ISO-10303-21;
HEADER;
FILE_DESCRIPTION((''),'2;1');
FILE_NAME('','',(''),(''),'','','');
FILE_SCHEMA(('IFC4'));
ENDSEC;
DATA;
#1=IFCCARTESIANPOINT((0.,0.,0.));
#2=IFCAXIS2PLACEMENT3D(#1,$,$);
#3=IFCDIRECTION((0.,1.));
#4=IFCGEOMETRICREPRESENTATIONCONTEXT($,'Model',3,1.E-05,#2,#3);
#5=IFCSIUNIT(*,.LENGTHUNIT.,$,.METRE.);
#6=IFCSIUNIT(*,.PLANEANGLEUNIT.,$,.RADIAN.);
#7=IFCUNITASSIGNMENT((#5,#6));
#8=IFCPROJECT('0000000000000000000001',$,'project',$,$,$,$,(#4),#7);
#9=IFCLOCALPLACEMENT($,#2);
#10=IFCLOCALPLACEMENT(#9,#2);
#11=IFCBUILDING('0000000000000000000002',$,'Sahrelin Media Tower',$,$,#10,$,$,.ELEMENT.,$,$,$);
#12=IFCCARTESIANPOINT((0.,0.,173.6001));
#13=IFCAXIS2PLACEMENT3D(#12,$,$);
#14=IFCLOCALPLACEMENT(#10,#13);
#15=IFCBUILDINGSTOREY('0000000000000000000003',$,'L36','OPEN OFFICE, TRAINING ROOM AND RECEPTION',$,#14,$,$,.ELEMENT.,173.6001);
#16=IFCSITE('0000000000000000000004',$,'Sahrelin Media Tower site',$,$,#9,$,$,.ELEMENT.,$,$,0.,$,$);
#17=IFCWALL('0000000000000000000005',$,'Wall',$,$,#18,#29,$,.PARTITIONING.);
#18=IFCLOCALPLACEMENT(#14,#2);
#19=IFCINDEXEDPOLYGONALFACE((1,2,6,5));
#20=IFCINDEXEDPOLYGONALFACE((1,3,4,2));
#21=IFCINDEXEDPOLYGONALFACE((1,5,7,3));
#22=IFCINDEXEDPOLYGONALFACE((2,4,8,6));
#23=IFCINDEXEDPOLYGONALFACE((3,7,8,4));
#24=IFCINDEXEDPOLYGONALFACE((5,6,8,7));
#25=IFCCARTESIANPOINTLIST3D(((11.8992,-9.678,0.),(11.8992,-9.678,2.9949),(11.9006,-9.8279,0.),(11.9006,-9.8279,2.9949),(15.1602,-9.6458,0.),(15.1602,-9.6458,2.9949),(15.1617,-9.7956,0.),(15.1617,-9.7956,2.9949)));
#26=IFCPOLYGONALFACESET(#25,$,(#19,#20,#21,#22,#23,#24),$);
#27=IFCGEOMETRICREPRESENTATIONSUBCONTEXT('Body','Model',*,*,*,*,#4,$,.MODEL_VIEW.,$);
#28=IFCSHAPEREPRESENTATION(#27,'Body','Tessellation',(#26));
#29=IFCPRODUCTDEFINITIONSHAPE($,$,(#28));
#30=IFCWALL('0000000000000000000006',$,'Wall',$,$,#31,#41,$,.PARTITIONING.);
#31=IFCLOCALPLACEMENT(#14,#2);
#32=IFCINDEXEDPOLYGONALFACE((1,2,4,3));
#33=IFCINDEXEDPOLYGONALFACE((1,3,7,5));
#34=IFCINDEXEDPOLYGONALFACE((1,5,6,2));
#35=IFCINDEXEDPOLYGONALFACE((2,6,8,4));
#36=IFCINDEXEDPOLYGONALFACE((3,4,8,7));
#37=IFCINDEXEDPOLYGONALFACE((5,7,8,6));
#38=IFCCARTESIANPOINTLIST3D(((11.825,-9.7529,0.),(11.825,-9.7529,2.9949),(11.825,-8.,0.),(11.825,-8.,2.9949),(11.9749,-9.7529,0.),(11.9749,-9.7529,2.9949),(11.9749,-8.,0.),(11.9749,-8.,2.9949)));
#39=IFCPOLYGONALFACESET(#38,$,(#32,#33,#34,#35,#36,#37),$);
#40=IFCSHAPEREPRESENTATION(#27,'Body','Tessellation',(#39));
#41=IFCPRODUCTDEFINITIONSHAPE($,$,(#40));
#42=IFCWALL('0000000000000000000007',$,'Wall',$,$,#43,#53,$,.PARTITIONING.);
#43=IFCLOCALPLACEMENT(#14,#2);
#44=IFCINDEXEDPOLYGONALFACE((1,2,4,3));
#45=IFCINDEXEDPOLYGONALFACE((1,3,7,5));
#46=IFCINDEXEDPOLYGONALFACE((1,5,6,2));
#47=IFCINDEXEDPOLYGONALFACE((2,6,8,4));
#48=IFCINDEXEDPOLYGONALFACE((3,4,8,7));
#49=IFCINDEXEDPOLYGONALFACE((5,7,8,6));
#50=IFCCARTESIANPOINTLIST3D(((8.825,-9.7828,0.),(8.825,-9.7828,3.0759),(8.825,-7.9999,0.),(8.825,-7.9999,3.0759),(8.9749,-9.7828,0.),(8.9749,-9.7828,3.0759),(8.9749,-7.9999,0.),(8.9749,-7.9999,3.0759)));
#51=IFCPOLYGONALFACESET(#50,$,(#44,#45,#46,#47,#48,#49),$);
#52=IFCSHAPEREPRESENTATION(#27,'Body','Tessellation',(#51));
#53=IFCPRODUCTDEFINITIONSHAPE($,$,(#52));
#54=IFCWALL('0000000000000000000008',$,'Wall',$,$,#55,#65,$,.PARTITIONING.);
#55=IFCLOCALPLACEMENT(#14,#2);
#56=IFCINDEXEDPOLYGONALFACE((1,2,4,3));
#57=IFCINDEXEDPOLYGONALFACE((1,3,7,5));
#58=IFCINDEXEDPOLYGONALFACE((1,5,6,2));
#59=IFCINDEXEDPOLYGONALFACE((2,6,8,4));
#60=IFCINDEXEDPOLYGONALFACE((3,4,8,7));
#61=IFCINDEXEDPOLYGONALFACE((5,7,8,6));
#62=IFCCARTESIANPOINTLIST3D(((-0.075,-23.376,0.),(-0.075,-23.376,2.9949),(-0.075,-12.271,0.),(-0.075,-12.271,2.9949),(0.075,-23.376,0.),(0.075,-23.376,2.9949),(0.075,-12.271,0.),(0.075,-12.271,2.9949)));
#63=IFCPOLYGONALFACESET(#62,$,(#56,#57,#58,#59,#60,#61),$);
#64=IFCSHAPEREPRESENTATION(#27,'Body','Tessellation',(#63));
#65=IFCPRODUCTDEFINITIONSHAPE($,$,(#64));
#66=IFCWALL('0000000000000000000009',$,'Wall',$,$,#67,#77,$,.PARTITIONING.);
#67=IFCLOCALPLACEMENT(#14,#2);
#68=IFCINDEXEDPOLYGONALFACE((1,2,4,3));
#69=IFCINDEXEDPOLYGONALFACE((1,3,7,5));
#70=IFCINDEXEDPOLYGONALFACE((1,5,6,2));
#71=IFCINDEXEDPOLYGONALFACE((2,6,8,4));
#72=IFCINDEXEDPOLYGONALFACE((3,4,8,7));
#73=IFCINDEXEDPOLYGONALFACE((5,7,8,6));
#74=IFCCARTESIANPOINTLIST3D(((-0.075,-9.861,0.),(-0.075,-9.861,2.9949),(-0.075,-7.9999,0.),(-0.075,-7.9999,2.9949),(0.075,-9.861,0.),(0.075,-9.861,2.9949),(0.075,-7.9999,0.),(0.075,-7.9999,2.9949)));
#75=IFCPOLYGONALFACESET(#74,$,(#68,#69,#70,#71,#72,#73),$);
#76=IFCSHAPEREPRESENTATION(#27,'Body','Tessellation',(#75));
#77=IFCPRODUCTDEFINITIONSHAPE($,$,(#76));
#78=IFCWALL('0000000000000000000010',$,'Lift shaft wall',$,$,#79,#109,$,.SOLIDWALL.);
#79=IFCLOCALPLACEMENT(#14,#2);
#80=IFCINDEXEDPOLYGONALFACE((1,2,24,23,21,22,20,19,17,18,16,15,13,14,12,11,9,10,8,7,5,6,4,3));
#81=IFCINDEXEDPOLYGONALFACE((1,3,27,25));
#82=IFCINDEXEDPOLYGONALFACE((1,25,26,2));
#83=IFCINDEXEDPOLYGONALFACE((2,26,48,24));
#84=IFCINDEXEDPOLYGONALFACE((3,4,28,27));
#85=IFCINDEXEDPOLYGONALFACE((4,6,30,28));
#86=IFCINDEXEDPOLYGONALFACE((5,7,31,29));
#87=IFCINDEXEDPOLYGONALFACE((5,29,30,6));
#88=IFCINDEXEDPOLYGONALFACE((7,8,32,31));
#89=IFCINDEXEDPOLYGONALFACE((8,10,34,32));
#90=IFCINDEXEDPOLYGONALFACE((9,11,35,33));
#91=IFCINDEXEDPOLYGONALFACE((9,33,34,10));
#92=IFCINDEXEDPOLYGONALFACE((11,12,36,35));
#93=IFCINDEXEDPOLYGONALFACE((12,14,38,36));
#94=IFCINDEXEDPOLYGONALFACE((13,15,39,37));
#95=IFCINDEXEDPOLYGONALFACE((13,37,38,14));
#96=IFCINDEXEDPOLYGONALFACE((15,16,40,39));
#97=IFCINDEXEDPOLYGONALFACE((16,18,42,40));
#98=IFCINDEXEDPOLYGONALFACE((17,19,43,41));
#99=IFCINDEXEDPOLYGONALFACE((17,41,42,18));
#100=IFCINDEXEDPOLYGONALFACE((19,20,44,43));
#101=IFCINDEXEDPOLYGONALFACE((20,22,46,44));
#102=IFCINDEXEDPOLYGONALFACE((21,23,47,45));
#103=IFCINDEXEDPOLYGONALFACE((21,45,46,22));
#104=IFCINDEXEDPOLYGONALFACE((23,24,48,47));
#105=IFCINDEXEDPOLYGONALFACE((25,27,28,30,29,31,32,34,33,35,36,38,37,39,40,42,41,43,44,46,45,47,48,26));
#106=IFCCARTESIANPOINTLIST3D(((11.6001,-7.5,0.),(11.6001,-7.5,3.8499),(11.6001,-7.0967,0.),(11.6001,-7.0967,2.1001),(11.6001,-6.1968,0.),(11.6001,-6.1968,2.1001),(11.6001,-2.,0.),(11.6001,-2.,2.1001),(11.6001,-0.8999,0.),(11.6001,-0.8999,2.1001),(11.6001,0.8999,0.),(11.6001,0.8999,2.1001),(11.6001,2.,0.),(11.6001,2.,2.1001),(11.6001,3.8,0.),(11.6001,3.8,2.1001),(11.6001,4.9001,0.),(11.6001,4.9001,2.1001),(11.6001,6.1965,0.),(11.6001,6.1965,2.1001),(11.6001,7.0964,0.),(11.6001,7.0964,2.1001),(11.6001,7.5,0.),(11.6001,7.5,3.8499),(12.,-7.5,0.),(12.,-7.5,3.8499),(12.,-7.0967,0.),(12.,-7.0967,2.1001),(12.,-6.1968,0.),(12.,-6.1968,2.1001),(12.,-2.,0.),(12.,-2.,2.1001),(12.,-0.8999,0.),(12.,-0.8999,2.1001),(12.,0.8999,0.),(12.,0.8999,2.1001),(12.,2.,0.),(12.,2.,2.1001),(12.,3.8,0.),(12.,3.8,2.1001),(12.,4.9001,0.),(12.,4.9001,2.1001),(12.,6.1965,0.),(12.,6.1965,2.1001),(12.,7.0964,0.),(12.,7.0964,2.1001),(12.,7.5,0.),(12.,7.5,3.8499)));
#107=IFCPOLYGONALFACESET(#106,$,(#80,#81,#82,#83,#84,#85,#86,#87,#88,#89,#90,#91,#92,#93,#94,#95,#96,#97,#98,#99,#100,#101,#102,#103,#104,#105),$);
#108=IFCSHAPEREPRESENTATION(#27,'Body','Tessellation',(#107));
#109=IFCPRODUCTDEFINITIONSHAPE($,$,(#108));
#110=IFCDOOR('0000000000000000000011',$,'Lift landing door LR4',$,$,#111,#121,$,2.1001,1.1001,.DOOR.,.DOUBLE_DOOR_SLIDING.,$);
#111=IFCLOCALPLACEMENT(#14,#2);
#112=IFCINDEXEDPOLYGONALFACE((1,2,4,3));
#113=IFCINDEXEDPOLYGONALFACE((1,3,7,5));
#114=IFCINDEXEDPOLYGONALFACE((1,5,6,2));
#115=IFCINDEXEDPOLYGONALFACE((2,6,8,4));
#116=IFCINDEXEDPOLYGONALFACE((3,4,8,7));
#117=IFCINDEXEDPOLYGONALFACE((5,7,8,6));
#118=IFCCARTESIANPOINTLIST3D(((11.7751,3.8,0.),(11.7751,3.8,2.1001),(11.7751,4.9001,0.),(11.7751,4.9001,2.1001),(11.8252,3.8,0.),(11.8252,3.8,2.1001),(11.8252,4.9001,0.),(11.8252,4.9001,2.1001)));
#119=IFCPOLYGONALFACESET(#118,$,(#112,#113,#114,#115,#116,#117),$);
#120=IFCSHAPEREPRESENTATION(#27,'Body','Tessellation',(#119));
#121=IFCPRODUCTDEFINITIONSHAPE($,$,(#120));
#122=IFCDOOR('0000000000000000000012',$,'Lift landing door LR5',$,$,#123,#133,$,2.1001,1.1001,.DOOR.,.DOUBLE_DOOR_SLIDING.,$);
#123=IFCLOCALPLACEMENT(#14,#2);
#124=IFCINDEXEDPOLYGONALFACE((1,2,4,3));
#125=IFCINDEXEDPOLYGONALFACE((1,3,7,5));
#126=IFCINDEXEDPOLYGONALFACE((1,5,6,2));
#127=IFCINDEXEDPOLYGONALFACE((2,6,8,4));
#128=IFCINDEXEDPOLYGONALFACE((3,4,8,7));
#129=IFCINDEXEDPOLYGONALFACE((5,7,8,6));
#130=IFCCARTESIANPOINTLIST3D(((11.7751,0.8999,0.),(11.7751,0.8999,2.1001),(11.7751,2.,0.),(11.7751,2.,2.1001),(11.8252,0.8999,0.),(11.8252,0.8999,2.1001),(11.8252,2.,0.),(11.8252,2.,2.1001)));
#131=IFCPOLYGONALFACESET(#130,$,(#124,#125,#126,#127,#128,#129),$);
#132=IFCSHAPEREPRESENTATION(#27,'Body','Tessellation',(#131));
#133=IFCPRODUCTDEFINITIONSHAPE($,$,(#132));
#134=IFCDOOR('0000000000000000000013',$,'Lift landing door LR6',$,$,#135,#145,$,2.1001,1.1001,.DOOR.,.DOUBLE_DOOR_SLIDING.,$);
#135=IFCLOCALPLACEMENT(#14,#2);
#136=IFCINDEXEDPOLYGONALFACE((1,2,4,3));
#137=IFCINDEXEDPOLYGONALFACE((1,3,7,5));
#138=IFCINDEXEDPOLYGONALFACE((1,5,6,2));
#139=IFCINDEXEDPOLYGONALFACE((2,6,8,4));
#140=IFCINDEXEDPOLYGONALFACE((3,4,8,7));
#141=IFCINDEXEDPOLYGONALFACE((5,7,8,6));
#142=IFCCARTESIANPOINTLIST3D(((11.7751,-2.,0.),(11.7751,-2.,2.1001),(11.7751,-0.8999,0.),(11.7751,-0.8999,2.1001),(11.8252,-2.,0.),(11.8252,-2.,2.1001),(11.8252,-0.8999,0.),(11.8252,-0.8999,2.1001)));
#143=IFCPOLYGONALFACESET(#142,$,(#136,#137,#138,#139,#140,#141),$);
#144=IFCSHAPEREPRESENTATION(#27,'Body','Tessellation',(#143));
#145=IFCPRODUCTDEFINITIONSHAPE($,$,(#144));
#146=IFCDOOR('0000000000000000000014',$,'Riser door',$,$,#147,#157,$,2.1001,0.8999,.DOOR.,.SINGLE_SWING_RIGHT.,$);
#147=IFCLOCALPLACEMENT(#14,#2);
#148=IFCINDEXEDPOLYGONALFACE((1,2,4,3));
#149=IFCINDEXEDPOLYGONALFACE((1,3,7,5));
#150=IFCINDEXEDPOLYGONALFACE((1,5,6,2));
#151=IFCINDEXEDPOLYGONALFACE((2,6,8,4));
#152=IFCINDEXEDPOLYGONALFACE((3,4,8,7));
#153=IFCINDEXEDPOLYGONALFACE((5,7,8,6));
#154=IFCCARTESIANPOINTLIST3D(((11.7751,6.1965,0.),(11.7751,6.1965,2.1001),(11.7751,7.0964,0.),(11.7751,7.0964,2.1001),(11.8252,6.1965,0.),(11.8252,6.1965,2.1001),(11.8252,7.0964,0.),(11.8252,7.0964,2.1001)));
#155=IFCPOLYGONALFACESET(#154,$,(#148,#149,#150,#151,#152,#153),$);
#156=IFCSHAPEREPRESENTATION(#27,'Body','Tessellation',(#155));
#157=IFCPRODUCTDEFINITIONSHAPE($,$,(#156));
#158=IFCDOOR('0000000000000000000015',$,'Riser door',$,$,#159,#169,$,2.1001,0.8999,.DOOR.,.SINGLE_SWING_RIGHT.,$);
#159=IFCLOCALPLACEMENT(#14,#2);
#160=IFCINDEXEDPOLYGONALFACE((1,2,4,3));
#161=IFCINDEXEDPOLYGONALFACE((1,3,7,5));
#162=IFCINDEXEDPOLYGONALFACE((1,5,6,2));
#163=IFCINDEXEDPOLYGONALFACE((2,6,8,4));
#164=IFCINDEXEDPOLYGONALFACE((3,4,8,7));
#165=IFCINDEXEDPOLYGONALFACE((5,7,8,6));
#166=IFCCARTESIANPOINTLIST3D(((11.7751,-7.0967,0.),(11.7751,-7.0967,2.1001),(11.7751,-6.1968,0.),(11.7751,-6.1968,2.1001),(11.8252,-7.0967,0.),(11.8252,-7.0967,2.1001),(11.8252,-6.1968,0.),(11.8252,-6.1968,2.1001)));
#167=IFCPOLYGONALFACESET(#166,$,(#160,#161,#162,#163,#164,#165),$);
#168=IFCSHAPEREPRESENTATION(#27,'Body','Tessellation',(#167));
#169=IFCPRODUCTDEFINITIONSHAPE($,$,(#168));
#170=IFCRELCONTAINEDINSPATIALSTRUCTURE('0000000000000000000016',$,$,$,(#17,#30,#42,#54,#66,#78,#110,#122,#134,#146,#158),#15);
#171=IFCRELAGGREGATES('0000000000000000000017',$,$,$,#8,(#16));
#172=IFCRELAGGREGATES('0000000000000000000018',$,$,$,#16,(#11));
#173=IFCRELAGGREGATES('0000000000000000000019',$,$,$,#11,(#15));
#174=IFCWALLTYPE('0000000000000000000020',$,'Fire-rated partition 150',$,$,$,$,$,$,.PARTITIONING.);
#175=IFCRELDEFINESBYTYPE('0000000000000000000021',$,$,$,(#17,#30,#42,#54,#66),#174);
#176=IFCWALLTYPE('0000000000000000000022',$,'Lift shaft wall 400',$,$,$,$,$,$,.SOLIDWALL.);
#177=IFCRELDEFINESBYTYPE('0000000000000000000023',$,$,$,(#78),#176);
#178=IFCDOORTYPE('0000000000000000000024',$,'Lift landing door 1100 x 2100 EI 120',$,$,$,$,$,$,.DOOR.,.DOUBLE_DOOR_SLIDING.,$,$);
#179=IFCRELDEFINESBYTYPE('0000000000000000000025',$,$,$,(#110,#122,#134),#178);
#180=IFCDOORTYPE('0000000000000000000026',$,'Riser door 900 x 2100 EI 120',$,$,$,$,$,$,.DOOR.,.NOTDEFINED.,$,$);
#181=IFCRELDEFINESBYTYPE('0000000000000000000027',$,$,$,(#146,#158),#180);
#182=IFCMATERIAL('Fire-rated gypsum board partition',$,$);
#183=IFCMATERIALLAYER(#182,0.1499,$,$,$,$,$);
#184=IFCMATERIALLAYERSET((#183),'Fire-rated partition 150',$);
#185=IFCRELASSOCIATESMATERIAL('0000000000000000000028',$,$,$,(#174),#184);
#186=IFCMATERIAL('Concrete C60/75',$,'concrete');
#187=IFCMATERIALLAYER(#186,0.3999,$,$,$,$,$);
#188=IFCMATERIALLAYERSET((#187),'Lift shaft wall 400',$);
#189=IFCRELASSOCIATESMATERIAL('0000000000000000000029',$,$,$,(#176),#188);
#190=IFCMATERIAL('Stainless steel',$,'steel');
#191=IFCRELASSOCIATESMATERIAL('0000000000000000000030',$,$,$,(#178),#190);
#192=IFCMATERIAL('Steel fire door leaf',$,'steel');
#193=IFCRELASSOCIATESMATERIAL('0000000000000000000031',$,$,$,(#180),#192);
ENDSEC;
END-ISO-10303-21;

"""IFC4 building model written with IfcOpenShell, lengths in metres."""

from ifc_helpers import new_model, si_unit, direction, frame, frame_2d, origin, place, context, subcontext, project, spatial, rectangle, extrude, material, layer, layer_set, type_object, element, fill, save


model = new_model("IFC4")

# Units and contexts
model_context = context("Model", 3, precision=1e-05, world=origin(), true_north=direction((0.0, 1.0)))
body_context = subcontext(model_context, "Body", "Model", "MODEL_VIEW")
ifc_project = project(units=[si_unit("LENGTHUNIT", "METRE"), si_unit("PLANEANGLEUNIT", "RADIAN")], contexts=[model_context])

# Site, building, storey
site_placement = place(None, origin())
site = spatial("IfcSite", under=ifc_project, at=site_placement, Name="Sahrelin Media Tower site", CompositionType="ELEMENT", RefElevation=0.0)
building_placement = place(site_placement, origin())
building = spatial("IfcBuilding", under=site, at=building_placement, Name="Sahrelin Media Tower", CompositionType="ELEMENT")
storey_placement = place(building_placement, frame((0.0, 0.0, 173.6001)))
storey = spatial("IfcBuildingStorey", under=building, at=storey_placement, Name="L36", Description="OPEN OFFICE, TRAINING ROOM AND RECEPTION", CompositionType="ELEMENT", Elevation=173.6001)

# Walls
ifc_material_1 = material(Name="Fire-rated gypsum board partition")
ifc_layer_1 = layer(ifc_material_1, 0.1499)
ifc_layer_set_1 = layer_set([ifc_layer_1], Name="Fire-rated partition 150")
wall_type_1 = type_object("IfcWallType", Name="Fire-rated partition 150", PredefinedType="PARTITIONING", material=ifc_layer_set_1)
wall_1_placement = place(storey_placement, frame((11.8999, -9.7529, 0.0), z_axis=(0.0, 0.0, 1.0), x_axis=(0.999951, 0.009882, 0.0)))
element("IfcWall", 1, at=wall_1_placement, inside=storey, type_object=wall_type_1, Name="Wall", PredefinedType="PARTITIONING", context=body_context, shape_type="SweptSolid", body=[
    extrude(rectangle(XDim=3.2612, YDim=0.1499, at=frame_2d((1.6306, 0.0))), origin(), (0.0, 0.0, 1.0), 2.9949),
])
wall_2_placement = place(storey_placement, frame((11.8999, -9.7529, 0.0), z_axis=(0.0, 0.0, 1.0), x_axis=(0.0, 1.0, 0.0)))
element("IfcWall", 2, at=wall_2_placement, inside=storey, type_object=wall_type_1, Name="Wall", PredefinedType="PARTITIONING", context=body_context, shape_type="SweptSolid", body=[
    extrude(rectangle(XDim=1.7529, YDim=0.1499, at=frame_2d((0.8765, 0.0))), origin(), (0.0, 0.0, 1.0), 2.9949),
])
wall_3_placement = place(storey_placement, frame((8.8999, -9.783, 0.0), z_axis=(0.0, 0.0, 1.0), x_axis=(0.0, 1.0, 0.0)))
element("IfcWall", 3, at=wall_3_placement, inside=storey, type_object=wall_type_1, Name="Wall", PredefinedType="PARTITIONING", context=body_context, shape_type="SweptSolid", body=[
    extrude(rectangle(XDim=1.783, YDim=0.1499, at=frame_2d((0.8916, 0.0))), origin(), (0.0, 0.0, 1.0), 3.0759),
])
wall_4_placement = place(storey_placement, frame((0.0, -23.376, 0.0), z_axis=(0.0, 0.0, 1.0), x_axis=(0.0, 1.0, 0.0)))
element("IfcWall", 4, at=wall_4_placement, inside=storey, type_object=wall_type_1, Name="Wall", PredefinedType="PARTITIONING", context=body_context, shape_type="SweptSolid", body=[
    extrude(rectangle(XDim=11.105, YDim=0.1499, at=frame_2d((5.5525, 0.0))), origin(), (0.0, 0.0, 1.0), 2.9949),
])
wall_5_placement = place(storey_placement, frame((0.0, -9.8611, 0.0), z_axis=(0.0, 0.0, 1.0), x_axis=(0.0, 1.0, 0.0)))
element("IfcWall", 5, at=wall_5_placement, inside=storey, type_object=wall_type_1, Name="Wall", PredefinedType="PARTITIONING", context=body_context, shape_type="SweptSolid", body=[
    extrude(rectangle(XDim=1.8611, YDim=0.1499, at=frame_2d((0.9307, 0.0))), origin(), (0.0, 0.0, 1.0), 2.9949),
])

# Wall, openings, doors
ifc_material_2 = material(Name="Concrete C60/75", Category="concrete")
ifc_layer_2 = layer(ifc_material_2, 0.3999)
ifc_layer_set_2 = layer_set([ifc_layer_2], Name="Lift shaft wall 400")
wall_type_2 = type_object("IfcWallType", Name="Lift shaft wall 400", PredefinedType="SOLIDWALL", material=ifc_layer_set_2)
wall_6_placement = place(storey_placement, frame((11.8, -7.5, 0.0), z_axis=(0.0, 0.0, 1.0), x_axis=(0.0, 1.0, 0.0)))
wall_6 = element("IfcWall", 6, at=wall_6_placement, inside=storey, type_object=wall_type_2, Name="Lift shaft wall", PredefinedType="SOLIDWALL", context=body_context, shape_type="SweptSolid", body=[
    extrude(rectangle(XDim=15.0, YDim=0.3999, at=frame_2d((7.5, 0.0))), origin(), (0.0, 0.0, 1.0), 3.8499),
])
opening_1_placement = place(wall_6_placement, frame((11.3, 0.0, 0.0)))
opening_1 = element("IfcOpeningElement", 7, at=opening_1_placement, cuts=wall_6, PredefinedType="OPENING", context=body_context, shape_type="SweptSolid", body=[
    extrude(rectangle(XDim=1.1001, YDim=2.1001, at=frame_2d((0.55, 1.05))), frame((0.0, 0.2, 0.0), z_axis=(0.0, -1.0, 0.0), x_axis=(1.0, 0.0, 0.0)), (0.0, 0.0, 1.0), 0.3999),
])
opening_2_placement = place(wall_6_placement, frame((8.3999, 0.0, 0.0)))
opening_2 = element("IfcOpeningElement", 8, at=opening_2_placement, cuts=wall_6, PredefinedType="OPENING", context=body_context, shape_type="SweptSolid", body=[
    extrude(rectangle(XDim=1.1001, YDim=2.1001, at=frame_2d((0.55, 1.05))), frame((0.0, 0.2, 0.0), z_axis=(0.0, -1.0, 0.0), x_axis=(1.0, 0.0, 0.0)), (0.0, 0.0, 1.0), 0.3999),
])
opening_3_placement = place(wall_6_placement, frame((5.5, 0.0, 0.0)))
opening_3 = element("IfcOpeningElement", 9, at=opening_3_placement, cuts=wall_6, PredefinedType="OPENING", context=body_context, shape_type="SweptSolid", body=[
    extrude(rectangle(XDim=1.1001, YDim=2.1001, at=frame_2d((0.55, 1.05))), frame((0.0, 0.2, 0.0), z_axis=(0.0, -1.0, 0.0), x_axis=(1.0, 0.0, 0.0)), (0.0, 0.0, 1.0), 0.3999),
])
opening_4_placement = place(wall_6_placement, frame((13.6965, 0.0, 0.0)))
opening_4 = element("IfcOpeningElement", 10, at=opening_4_placement, cuts=wall_6, PredefinedType="OPENING", context=body_context, shape_type="SweptSolid", body=[
    extrude(rectangle(XDim=0.8999, YDim=2.1001, at=frame_2d((0.45, 1.05))), frame((0.0, 0.2, 0.0), z_axis=(0.0, -1.0, 0.0), x_axis=(1.0, 0.0, 0.0)), (0.0, 0.0, 1.0), 0.3999),
])
opening_5_placement = place(wall_6_placement, frame((0.4033, 0.0, 0.0)))
opening_5 = element("IfcOpeningElement", 11, at=opening_5_placement, cuts=wall_6, PredefinedType="OPENING", context=body_context, shape_type="SweptSolid", body=[
    extrude(rectangle(XDim=0.8999, YDim=2.1001, at=frame_2d((0.45, 1.05))), frame((0.0, 0.2, 0.0), z_axis=(0.0, -1.0, 0.0), x_axis=(1.0, 0.0, 0.0)), (0.0, 0.0, 1.0), 0.3999),
])
ifc_material_3 = material(Name="Stainless steel", Category="steel")
door_type_1 = type_object("IfcDoorType", Name="Lift landing door 1100 x 2100 EI 120", OperationType="DOUBLE_DOOR_SLIDING", PredefinedType="DOOR", material=ifc_material_3)
door_1_placement = place(opening_1_placement, origin())
door_1 = element("IfcDoor", 12, at=door_1_placement, inside=storey, type_object=door_type_1, Name="Lift landing door LR4", OperationType="DOUBLE_DOOR_SLIDING", OverallHeight=2.1001, OverallWidth=1.1001, PredefinedType="DOOR", context=body_context, shape_type="SweptSolid", body=[
    extrude(rectangle(XDim=1.1001, YDim=2.1001, at=frame_2d((0.55, 1.05))), frame((0.0, 0.0249, 0.0), z_axis=(0.0, -1.0, 0.0), x_axis=(1.0, 0.0, 0.0)), (0.0, 0.0, 1.0), 0.05),
])
fill(opening_1, door_1)
door_2_placement = place(opening_2_placement, origin())
door_2 = element("IfcDoor", 13, at=door_2_placement, inside=storey, type_object=door_type_1, Name="Lift landing door LR5", OperationType="DOUBLE_DOOR_SLIDING", OverallHeight=2.1001, OverallWidth=1.1001, PredefinedType="DOOR", context=body_context, shape_type="SweptSolid", body=[
    extrude(rectangle(XDim=1.1001, YDim=2.1001, at=frame_2d((0.55, 1.05))), frame((0.0, 0.0249, 0.0), z_axis=(0.0, -1.0, 0.0), x_axis=(1.0, 0.0, 0.0)), (0.0, 0.0, 1.0), 0.05),
])
fill(opening_2, door_2)
door_3_placement = place(opening_3_placement, origin())
door_3 = element("IfcDoor", 14, at=door_3_placement, inside=storey, type_object=door_type_1, Name="Lift landing door LR6", OperationType="DOUBLE_DOOR_SLIDING", OverallHeight=2.1001, OverallWidth=1.1001, PredefinedType="DOOR", context=body_context, shape_type="SweptSolid", body=[
    extrude(rectangle(XDim=1.1001, YDim=2.1001, at=frame_2d((0.55, 1.05))), frame((0.0, 0.0249, 0.0), z_axis=(0.0, -1.0, 0.0), x_axis=(1.0, 0.0, 0.0)), (0.0, 0.0, 1.0), 0.05),
])
fill(opening_3, door_3)
ifc_material_4 = material(Name="Steel fire door leaf", Category="steel")
door_type_2 = type_object("IfcDoorType", Name="Riser door 900 x 2100 EI 120", OperationType="NOTDEFINED", PredefinedType="DOOR", material=ifc_material_4)
door_4_placement = place(opening_4_placement, origin())
door_4 = element("IfcDoor", 15, at=door_4_placement, inside=storey, type_object=door_type_2, Name="Riser door", OperationType="SINGLE_SWING_RIGHT", OverallHeight=2.1001, OverallWidth=0.8999, PredefinedType="DOOR", context=body_context, shape_type="SweptSolid", body=[
    extrude(rectangle(XDim=0.8999, YDim=2.1001, at=frame_2d((0.45, 1.05))), frame((0.0, 0.0249, 0.0), z_axis=(0.0, -1.0, 0.0), x_axis=(1.0, 0.0, 0.0)), (0.0, 0.0, 1.0), 0.05),
])
fill(opening_4, door_4)
door_5_placement = place(opening_5_placement, origin())
door_5 = element("IfcDoor", 16, at=door_5_placement, inside=storey, type_object=door_type_2, Name="Riser door", OperationType="SINGLE_SWING_RIGHT", OverallHeight=2.1001, OverallWidth=0.8999, PredefinedType="DOOR", context=body_context, shape_type="SweptSolid", body=[
    extrude(rectangle(XDim=0.8999, YDim=2.1001, at=frame_2d((0.45, 1.05))), frame((0.0, 0.0249, 0.0), z_axis=(0.0, -1.0, 0.0), x_axis=(1.0, 0.0, 0.0)), (0.0, 0.0, 1.0), 0.05),
])
fill(opening_5, door_5)

save(model, "model.ifc")
